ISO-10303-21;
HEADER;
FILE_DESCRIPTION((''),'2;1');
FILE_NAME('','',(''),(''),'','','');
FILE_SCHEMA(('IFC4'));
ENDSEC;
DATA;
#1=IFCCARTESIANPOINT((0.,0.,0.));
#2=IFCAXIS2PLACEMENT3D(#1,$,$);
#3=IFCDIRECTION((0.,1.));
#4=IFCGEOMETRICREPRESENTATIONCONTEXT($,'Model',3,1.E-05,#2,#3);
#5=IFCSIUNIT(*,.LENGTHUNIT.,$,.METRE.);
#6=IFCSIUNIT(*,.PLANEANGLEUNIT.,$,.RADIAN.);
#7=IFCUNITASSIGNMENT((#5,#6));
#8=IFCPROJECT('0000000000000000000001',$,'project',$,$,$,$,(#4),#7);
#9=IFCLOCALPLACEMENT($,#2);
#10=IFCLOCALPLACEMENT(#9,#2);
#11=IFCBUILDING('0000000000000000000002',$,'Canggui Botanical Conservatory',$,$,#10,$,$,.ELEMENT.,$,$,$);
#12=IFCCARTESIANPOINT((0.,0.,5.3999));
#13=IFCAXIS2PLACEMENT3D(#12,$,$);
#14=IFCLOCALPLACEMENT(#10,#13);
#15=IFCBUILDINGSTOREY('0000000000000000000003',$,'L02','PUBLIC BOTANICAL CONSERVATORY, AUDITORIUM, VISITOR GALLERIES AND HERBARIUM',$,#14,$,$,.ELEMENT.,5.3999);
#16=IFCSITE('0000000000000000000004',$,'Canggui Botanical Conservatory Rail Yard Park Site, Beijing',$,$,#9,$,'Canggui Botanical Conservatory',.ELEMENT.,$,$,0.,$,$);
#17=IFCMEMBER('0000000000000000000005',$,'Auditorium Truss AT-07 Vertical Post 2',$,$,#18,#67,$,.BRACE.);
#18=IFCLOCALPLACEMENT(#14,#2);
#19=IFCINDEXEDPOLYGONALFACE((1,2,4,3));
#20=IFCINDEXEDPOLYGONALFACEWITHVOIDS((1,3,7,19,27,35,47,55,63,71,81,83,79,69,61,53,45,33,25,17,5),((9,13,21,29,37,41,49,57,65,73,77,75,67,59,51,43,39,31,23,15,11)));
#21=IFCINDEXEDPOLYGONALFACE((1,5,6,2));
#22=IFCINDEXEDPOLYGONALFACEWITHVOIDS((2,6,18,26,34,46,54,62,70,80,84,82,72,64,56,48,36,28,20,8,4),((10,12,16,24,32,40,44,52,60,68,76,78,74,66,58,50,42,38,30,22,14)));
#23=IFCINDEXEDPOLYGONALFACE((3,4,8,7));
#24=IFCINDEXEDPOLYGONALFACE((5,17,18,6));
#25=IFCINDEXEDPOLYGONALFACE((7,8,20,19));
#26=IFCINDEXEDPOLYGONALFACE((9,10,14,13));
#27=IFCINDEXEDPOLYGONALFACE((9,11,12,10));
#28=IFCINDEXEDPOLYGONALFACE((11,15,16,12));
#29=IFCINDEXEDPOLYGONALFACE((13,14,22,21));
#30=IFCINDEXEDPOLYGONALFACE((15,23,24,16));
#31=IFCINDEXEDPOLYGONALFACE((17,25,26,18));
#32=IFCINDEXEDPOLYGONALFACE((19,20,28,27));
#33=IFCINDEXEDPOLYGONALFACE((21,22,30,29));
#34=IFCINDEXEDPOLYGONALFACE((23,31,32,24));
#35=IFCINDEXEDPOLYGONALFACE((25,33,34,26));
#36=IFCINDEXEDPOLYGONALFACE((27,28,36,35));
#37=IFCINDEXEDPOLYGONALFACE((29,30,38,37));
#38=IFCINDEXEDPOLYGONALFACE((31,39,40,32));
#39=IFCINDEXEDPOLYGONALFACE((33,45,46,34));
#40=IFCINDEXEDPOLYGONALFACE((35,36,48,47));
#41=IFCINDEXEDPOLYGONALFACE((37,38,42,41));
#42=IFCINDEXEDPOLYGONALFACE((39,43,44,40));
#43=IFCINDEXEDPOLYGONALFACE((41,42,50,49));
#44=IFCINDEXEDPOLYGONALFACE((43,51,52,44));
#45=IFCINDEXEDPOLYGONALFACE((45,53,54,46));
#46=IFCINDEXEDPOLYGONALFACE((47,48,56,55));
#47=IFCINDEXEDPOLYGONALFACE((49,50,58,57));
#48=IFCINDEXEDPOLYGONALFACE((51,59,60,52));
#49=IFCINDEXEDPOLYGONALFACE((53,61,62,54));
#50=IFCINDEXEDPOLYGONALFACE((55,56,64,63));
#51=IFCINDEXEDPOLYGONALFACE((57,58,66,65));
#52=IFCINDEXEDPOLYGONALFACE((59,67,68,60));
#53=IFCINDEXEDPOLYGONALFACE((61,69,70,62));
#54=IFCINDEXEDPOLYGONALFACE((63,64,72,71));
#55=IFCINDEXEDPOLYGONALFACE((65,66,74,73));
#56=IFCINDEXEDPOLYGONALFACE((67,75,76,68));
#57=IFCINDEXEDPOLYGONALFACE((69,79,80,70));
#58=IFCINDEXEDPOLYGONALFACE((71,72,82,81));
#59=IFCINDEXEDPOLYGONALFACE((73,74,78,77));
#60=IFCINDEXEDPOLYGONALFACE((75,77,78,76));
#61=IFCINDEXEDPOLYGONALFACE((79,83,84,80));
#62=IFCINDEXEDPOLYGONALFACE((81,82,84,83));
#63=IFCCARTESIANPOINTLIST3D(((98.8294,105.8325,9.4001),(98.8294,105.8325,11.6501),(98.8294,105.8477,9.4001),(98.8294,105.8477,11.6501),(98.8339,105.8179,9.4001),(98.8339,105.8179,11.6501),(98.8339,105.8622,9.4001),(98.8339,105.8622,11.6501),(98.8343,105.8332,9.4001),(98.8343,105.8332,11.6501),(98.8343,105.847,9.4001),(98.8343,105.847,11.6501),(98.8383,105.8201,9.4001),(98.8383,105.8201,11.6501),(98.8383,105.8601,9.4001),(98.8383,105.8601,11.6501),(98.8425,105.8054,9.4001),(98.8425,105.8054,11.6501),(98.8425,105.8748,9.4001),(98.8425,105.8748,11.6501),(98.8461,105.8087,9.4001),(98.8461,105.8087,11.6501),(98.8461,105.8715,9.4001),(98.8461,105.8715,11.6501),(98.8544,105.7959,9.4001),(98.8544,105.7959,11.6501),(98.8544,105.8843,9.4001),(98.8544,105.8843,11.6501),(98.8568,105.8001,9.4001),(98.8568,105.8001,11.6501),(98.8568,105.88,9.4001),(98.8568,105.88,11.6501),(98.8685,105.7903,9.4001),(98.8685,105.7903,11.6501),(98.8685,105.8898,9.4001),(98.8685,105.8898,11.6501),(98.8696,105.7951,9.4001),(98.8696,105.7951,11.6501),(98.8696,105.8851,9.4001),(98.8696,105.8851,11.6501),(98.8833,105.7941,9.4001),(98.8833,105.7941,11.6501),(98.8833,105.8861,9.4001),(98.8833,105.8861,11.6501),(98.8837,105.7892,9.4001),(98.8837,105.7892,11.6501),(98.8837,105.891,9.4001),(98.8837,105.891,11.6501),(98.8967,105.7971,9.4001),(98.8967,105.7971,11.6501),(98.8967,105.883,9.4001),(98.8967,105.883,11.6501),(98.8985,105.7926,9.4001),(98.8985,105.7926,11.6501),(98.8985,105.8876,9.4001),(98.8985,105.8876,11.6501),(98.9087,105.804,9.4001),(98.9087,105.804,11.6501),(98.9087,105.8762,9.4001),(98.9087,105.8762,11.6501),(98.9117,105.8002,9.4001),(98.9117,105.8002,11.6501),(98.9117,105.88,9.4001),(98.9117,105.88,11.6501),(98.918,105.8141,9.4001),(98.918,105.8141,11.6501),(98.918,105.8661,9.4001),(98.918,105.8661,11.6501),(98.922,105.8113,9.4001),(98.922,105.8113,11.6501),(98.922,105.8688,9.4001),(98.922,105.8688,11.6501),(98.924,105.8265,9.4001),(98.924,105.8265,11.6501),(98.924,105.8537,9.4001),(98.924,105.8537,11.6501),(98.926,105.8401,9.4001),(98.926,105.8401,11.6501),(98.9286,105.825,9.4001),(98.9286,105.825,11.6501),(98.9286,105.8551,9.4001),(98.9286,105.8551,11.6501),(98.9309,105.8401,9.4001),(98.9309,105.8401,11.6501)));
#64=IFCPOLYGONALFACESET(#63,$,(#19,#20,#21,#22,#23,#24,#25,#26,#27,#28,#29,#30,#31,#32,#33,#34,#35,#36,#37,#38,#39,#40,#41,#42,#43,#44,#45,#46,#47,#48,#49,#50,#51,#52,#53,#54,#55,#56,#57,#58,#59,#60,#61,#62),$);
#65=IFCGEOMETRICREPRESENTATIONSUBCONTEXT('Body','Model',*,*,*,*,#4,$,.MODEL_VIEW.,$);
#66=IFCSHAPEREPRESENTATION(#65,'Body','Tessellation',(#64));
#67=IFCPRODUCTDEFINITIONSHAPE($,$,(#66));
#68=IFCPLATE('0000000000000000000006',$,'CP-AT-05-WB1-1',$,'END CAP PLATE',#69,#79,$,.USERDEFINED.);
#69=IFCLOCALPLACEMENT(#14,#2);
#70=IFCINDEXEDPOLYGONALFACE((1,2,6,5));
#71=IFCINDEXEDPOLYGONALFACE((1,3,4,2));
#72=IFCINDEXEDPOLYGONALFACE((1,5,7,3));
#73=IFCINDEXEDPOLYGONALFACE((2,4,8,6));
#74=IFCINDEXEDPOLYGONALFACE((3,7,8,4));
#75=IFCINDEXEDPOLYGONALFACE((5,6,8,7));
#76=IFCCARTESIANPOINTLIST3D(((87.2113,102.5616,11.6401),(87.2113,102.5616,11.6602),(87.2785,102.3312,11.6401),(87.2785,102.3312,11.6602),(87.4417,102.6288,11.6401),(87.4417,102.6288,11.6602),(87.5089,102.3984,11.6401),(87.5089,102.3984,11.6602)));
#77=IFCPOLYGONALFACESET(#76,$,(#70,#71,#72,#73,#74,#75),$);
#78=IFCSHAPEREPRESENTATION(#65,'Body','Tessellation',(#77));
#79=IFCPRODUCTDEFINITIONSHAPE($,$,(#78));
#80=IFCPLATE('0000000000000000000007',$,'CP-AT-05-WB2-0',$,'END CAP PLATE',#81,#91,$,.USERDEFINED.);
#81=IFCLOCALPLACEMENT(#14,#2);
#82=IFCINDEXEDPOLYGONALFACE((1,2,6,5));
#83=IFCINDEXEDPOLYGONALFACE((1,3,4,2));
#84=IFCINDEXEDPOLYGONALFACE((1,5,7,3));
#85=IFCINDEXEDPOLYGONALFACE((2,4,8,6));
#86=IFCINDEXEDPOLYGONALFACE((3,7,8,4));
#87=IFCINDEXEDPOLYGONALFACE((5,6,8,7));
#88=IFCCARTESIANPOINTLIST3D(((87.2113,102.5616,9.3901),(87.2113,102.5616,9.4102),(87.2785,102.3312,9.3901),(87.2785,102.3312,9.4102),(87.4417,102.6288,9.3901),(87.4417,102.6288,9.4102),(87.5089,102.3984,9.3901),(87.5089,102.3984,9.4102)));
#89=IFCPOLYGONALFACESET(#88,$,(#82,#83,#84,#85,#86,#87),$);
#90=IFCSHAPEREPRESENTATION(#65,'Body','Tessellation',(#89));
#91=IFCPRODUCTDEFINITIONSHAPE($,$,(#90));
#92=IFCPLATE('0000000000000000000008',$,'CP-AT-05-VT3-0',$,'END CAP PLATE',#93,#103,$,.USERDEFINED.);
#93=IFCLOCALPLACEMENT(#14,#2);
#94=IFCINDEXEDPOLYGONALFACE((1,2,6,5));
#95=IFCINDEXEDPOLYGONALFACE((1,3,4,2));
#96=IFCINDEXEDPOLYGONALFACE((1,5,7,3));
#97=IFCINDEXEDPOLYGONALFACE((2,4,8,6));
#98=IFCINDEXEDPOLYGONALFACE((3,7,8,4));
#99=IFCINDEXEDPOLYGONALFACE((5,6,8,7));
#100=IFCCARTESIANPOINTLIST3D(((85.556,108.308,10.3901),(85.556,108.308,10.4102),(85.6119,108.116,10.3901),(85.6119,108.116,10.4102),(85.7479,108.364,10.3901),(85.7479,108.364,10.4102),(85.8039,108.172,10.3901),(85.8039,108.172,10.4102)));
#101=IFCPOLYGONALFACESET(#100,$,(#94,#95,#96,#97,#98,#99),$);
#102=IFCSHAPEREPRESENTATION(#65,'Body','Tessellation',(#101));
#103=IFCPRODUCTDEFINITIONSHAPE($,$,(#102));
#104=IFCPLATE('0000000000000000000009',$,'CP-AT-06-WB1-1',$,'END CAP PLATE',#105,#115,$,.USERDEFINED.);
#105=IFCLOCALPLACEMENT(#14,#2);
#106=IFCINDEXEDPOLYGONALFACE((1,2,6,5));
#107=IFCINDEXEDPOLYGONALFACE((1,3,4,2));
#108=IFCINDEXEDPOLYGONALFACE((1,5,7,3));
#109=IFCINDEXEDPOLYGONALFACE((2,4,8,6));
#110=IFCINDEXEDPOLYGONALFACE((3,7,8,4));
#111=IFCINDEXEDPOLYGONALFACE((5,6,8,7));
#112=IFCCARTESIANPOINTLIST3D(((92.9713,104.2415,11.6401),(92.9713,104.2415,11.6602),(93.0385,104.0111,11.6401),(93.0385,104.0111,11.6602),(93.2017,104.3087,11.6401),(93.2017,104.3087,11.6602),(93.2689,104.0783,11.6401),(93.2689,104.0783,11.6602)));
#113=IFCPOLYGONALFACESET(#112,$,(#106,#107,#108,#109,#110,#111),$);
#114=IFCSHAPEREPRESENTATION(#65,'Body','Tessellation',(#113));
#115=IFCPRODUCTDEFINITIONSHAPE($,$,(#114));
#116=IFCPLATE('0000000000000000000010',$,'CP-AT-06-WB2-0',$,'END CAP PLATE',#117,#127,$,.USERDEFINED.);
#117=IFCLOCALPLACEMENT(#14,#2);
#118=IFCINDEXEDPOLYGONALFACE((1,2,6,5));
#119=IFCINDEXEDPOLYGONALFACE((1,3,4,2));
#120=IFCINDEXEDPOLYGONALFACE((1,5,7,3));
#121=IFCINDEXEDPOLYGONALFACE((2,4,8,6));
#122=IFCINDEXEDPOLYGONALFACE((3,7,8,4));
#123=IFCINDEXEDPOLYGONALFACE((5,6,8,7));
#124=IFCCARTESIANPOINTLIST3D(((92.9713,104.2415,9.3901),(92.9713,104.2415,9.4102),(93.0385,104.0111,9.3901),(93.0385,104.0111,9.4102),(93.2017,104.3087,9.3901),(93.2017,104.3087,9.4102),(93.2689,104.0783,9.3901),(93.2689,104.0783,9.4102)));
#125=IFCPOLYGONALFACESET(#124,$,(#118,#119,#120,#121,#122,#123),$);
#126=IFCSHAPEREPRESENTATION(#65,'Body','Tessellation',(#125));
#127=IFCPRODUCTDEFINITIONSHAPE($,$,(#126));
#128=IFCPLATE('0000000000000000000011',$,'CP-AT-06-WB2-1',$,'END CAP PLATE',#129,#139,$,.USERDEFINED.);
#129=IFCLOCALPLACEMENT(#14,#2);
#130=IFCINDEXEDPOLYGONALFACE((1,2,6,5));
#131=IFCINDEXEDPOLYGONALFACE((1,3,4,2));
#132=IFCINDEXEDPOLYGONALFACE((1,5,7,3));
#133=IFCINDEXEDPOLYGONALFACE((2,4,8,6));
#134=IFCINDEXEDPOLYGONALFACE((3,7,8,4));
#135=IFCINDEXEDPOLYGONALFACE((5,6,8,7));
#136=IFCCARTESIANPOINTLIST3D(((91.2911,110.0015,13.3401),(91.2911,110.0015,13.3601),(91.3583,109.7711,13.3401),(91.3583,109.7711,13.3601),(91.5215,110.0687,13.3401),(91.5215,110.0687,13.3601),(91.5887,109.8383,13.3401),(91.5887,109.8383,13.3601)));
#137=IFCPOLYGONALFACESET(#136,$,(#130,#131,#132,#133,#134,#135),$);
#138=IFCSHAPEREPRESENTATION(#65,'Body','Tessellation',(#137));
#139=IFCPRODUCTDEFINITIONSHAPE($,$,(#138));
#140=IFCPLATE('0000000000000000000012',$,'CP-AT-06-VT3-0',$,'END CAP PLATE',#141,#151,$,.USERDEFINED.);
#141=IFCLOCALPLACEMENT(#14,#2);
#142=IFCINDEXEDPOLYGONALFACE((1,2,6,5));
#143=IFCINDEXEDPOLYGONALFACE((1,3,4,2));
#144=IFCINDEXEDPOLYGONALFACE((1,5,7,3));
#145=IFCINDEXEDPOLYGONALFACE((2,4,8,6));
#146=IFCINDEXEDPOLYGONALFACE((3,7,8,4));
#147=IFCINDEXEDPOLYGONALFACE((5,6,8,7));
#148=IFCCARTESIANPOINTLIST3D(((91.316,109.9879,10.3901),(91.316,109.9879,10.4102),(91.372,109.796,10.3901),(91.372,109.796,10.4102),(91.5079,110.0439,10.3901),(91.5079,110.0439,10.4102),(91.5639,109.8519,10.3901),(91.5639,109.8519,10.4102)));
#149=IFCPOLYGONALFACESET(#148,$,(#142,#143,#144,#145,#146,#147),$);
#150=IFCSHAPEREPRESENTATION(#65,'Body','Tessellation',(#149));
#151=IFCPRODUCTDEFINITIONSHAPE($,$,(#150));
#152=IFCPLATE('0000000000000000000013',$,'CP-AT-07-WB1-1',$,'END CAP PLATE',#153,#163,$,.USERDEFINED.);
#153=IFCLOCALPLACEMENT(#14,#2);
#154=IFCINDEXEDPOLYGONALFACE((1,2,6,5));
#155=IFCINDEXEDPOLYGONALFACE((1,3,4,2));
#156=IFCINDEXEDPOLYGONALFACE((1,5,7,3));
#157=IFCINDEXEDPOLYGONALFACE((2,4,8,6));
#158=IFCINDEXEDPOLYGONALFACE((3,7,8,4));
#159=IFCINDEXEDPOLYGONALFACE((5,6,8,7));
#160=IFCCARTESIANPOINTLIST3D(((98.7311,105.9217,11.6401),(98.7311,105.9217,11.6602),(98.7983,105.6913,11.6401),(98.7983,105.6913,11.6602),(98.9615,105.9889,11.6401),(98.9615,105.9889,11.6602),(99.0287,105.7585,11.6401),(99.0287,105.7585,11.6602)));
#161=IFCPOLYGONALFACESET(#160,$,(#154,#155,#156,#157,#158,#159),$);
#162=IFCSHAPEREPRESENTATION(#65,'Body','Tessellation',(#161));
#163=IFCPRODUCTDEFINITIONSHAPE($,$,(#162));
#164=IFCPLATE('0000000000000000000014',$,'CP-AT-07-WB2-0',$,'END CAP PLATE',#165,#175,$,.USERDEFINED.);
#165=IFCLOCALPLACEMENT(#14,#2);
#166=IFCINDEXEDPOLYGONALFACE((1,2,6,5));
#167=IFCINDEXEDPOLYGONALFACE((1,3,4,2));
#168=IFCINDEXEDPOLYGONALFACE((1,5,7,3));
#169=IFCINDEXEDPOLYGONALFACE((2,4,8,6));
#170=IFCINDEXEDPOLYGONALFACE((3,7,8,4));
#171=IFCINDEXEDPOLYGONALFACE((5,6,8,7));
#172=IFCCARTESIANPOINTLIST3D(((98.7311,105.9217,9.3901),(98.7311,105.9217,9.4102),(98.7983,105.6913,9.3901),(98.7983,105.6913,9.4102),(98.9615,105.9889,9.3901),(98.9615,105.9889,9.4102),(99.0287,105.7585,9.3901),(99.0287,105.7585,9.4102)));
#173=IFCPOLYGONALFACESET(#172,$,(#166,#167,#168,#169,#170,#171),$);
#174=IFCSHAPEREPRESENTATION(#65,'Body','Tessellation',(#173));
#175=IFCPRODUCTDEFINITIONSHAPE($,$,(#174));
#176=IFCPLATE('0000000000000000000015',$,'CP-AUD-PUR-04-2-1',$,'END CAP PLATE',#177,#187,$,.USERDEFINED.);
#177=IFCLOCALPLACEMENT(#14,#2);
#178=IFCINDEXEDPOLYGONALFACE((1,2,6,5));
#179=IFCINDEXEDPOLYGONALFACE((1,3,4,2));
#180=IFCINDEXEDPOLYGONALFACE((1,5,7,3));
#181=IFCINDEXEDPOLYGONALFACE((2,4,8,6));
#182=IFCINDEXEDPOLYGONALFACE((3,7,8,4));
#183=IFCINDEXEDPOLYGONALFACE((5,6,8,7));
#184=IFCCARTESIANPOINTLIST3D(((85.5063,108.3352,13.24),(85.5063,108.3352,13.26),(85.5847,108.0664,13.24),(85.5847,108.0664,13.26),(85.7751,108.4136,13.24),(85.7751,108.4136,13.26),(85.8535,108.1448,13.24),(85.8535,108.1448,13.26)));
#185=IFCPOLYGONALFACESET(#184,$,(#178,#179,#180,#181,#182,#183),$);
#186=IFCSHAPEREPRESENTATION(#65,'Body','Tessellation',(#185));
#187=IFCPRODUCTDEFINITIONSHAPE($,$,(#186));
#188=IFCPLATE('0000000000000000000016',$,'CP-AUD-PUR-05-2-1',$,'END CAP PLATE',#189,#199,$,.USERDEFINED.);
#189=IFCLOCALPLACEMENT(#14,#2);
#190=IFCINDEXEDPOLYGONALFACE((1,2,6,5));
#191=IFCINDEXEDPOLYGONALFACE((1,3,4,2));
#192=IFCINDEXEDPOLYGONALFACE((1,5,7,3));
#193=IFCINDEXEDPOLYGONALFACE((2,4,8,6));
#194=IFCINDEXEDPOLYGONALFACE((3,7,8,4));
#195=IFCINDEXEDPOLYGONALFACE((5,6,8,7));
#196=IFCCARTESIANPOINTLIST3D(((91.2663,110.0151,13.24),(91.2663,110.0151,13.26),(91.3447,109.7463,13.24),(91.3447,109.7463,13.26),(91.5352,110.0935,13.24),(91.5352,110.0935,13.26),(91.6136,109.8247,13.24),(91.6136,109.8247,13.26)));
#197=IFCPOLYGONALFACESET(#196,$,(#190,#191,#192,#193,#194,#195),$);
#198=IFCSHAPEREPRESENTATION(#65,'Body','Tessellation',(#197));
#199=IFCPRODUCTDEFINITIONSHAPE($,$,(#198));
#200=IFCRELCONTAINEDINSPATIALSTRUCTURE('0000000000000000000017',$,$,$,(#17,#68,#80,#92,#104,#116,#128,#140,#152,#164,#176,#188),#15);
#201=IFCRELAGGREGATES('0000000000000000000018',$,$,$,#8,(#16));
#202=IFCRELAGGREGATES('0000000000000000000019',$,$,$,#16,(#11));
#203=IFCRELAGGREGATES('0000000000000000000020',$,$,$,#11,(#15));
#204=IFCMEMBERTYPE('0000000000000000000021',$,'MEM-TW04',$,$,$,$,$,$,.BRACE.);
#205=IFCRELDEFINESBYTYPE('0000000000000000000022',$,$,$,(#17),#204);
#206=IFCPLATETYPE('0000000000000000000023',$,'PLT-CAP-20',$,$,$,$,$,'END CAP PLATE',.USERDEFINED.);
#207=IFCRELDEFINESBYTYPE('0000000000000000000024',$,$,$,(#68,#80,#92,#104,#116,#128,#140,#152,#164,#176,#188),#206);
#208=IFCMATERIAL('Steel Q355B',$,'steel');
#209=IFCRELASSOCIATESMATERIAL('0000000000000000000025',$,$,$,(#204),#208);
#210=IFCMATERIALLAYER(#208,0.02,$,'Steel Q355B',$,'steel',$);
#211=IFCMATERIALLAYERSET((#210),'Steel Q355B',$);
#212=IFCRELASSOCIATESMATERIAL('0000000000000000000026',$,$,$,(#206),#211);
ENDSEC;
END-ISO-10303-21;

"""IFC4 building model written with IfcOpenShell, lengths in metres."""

from ifc_helpers import new_model, si_unit, direction, frame, origin, origin_2d, place, context, subcontext, project, spatial, rectangle, hollow_circle, extrude, material, layer, layer_set, material_profile, profile_set, type_object, element, save


model = new_model("IFC4")

# Units and contexts
model_context = context("Model", 3, precision=1e-05, world=origin(), true_north=direction((0.0, 1.0)))
body_context = subcontext(model_context, "Body", "Model", "MODEL_VIEW")
ifc_project = project(units=[si_unit("LENGTHUNIT", "METRE"), si_unit("PLANEANGLEUNIT", "RADIAN")], contexts=[model_context])

# Site, building, storey
site_placement = place(None, origin())
site = spatial("IfcSite", under=ifc_project, at=site_placement, Name="Canggui Botanical Conservatory Rail Yard Park Site, Beijing", LongName="Canggui Botanical Conservatory", CompositionType="ELEMENT", RefElevation=0.0)
building_placement = place(site_placement, origin())
building = spatial("IfcBuilding", under=site, at=building_placement, Name="Canggui Botanical Conservatory", CompositionType="ELEMENT")
storey_placement = place(building_placement, frame((0.0, 0.0, 5.3999)))
storey = spatial("IfcBuildingStorey", under=building, at=storey_placement, Name="L02", Description="PUBLIC BOTANICAL CONSERVATORY, AUDITORIUM, VISITOR GALLERIES AND HERBARIUM", CompositionType="ELEMENT", Elevation=5.3999)

# Shared definitions
ifc_material_1 = material(Name="Steel Q355B", Category="steel")

# Member
ifc_material_profile_1 = material_profile(ifc_material_1, hollow_circle(Radius=0.051, WallThickness=0.0049, at=origin_2d()), Name="CHS 102x5")
ifc_profile_set_1 = profile_set([ifc_material_profile_1], Name="Steel Q355B")
member_type_1 = type_object("IfcMemberType", Name="MEM-TW04", PredefinedType="BRACE", material=ifc_profile_set_1)
member_1_placement = place(storey_placement, frame((98.8799, 105.8401, 9.4001), z_axis=(0.0, 0.0, 1.0), x_axis=(1.0, 0.0, 0.0)))
element("IfcMember", 1, at=member_1_placement, inside=storey, type_object=member_type_1, Name="Auditorium Truss AT-07 Vertical Post 2", PredefinedType="BRACE", context=body_context, shape_type="SweptSolid", body=[
    extrude(hollow_circle(Radius=0.051, WallThickness=0.0049, at=origin_2d()), origin(), (0.0, 0.0, 1.0), 2.25),
])

# Plates
ifc_layer_1 = layer(ifc_material_1, 0.02, Name="Steel Q355B", Category="steel")
ifc_layer_set_1 = layer_set([ifc_layer_1], Name="Steel Q355B")
plate_type = type_object("IfcPlateType", Name="PLT-CAP-20", ElementType="END CAP PLATE", PredefinedType="USERDEFINED", material=ifc_layer_set_1)
for number, where, z_axis, x_axis, name in (
    (2, (87.3601, 102.48, 11.6401), (0.0, 0.0, 1.0), (0.96, 0.28, 0.0), "CP-AT-05-WB1-1"),
    (3, (87.3601, 102.48, 9.3901), (0.0, 0.0, 1.0), (0.96, 0.28, 0.0), "CP-AT-05-WB2-0"),
):
    element("IfcPlate", number, at=place(storey_placement, frame(where, z_axis=z_axis, x_axis=x_axis)), inside=storey, type_object=plate_type, Name=name, ObjectType="END CAP PLATE", PredefinedType="USERDEFINED", context=body_context, shape_type="SweptSolid", body=[
        extrude(rectangle(XDim=0.24, YDim=0.24, at=origin_2d()), origin(), (0.0, 0.0, 1.0), 0.02),
    ])
plate_1_placement = place(storey_placement, frame((85.6799, 108.24, 10.3901), z_axis=(0.0, 0.0, 1.0), x_axis=(0.96, 0.28, 0.0)))
element("IfcPlate", 4, at=plate_1_placement, inside=storey, type_object=plate_type, Name="CP-AT-05-VT3-0", ObjectType="END CAP PLATE", PredefinedType="USERDEFINED", context=body_context, shape_type="SweptSolid", body=[
    extrude(rectangle(XDim=0.2, YDim=0.2, at=origin_2d()), origin(), (0.0, 0.0, 1.0), 0.02),
])
for number, where, z_axis, x_axis, name in (
    (5, (93.1201, 104.1599, 11.6401), (0.0, 0.0, 1.0), (0.96, 0.28, 0.0), "CP-AT-06-WB1-1"),
    (6, (93.1201, 104.1599, 9.3901), (0.0, 0.0, 1.0), (0.96, 0.28, 0.0), "CP-AT-06-WB2-0"),
    (7, (91.4399, 109.9199, 13.3401), (0.0, 0.0, 1.0), (0.96, 0.28, 0.0), "CP-AT-06-WB2-1"),
):
    element("IfcPlate", number, at=place(storey_placement, frame(where, z_axis=z_axis, x_axis=x_axis)), inside=storey, type_object=plate_type, Name=name, ObjectType="END CAP PLATE", PredefinedType="USERDEFINED", context=body_context, shape_type="SweptSolid", body=[
        extrude(rectangle(XDim=0.24, YDim=0.24, at=origin_2d()), origin(), (0.0, 0.0, 1.0), 0.02),
    ])
plate_2_placement = place(storey_placement, frame((91.4399, 109.9199, 10.3901), z_axis=(0.0, 0.0, 1.0), x_axis=(0.96, 0.28, 0.0)))
element("IfcPlate", 8, at=plate_2_placement, inside=storey, type_object=plate_type, Name="CP-AT-06-VT3-0", ObjectType="END CAP PLATE", PredefinedType="USERDEFINED", context=body_context, shape_type="SweptSolid", body=[
    extrude(rectangle(XDim=0.2, YDim=0.2, at=origin_2d()), origin(), (0.0, 0.0, 1.0), 0.02),
])
for number, where, z_axis, x_axis, name in (
    (9, (98.8799, 105.8401, 11.6401), (0.0, 0.0, 1.0), (0.96, 0.28, 0.0), "CP-AT-07-WB1-1"),
    (10, (98.8799, 105.8401, 9.3901), (0.0, 0.0, 1.0), (0.96, 0.28, 0.0), "CP-AT-07-WB2-0"),
):
    element("IfcPlate", number, at=place(storey_placement, frame(where, z_axis=z_axis, x_axis=x_axis)), inside=storey, type_object=plate_type, Name=name, ObjectType="END CAP PLATE", PredefinedType="USERDEFINED", context=body_context, shape_type="SweptSolid", body=[
        extrude(rectangle(XDim=0.24, YDim=0.24, at=origin_2d()), origin(), (0.0, 0.0, 1.0), 0.02),
    ])
for number, where, z_axis, x_axis, name in (
    (11, (85.6799, 108.24, 13.24), (0.0, 0.0, 1.0), (0.96, 0.28, 0.0), "CP-AUD-PUR-04-2-1"),
    (12, (91.4399, 109.9199, 13.24), (0.0, 0.0, 1.0), (0.96, 0.28, 0.0), "CP-AUD-PUR-05-2-1"),
):
    element("IfcPlate", number, at=place(storey_placement, frame(where, z_axis=z_axis, x_axis=x_axis)), inside=storey, type_object=plate_type, Name=name, ObjectType="END CAP PLATE", PredefinedType="USERDEFINED", context=body_context, shape_type="SweptSolid", body=[
        extrude(rectangle(XDim=0.28, YDim=0.28, at=origin_2d()), origin(), (0.0, 0.0, 1.0), 0.02),
    ])

save(model, "model.ifc")
